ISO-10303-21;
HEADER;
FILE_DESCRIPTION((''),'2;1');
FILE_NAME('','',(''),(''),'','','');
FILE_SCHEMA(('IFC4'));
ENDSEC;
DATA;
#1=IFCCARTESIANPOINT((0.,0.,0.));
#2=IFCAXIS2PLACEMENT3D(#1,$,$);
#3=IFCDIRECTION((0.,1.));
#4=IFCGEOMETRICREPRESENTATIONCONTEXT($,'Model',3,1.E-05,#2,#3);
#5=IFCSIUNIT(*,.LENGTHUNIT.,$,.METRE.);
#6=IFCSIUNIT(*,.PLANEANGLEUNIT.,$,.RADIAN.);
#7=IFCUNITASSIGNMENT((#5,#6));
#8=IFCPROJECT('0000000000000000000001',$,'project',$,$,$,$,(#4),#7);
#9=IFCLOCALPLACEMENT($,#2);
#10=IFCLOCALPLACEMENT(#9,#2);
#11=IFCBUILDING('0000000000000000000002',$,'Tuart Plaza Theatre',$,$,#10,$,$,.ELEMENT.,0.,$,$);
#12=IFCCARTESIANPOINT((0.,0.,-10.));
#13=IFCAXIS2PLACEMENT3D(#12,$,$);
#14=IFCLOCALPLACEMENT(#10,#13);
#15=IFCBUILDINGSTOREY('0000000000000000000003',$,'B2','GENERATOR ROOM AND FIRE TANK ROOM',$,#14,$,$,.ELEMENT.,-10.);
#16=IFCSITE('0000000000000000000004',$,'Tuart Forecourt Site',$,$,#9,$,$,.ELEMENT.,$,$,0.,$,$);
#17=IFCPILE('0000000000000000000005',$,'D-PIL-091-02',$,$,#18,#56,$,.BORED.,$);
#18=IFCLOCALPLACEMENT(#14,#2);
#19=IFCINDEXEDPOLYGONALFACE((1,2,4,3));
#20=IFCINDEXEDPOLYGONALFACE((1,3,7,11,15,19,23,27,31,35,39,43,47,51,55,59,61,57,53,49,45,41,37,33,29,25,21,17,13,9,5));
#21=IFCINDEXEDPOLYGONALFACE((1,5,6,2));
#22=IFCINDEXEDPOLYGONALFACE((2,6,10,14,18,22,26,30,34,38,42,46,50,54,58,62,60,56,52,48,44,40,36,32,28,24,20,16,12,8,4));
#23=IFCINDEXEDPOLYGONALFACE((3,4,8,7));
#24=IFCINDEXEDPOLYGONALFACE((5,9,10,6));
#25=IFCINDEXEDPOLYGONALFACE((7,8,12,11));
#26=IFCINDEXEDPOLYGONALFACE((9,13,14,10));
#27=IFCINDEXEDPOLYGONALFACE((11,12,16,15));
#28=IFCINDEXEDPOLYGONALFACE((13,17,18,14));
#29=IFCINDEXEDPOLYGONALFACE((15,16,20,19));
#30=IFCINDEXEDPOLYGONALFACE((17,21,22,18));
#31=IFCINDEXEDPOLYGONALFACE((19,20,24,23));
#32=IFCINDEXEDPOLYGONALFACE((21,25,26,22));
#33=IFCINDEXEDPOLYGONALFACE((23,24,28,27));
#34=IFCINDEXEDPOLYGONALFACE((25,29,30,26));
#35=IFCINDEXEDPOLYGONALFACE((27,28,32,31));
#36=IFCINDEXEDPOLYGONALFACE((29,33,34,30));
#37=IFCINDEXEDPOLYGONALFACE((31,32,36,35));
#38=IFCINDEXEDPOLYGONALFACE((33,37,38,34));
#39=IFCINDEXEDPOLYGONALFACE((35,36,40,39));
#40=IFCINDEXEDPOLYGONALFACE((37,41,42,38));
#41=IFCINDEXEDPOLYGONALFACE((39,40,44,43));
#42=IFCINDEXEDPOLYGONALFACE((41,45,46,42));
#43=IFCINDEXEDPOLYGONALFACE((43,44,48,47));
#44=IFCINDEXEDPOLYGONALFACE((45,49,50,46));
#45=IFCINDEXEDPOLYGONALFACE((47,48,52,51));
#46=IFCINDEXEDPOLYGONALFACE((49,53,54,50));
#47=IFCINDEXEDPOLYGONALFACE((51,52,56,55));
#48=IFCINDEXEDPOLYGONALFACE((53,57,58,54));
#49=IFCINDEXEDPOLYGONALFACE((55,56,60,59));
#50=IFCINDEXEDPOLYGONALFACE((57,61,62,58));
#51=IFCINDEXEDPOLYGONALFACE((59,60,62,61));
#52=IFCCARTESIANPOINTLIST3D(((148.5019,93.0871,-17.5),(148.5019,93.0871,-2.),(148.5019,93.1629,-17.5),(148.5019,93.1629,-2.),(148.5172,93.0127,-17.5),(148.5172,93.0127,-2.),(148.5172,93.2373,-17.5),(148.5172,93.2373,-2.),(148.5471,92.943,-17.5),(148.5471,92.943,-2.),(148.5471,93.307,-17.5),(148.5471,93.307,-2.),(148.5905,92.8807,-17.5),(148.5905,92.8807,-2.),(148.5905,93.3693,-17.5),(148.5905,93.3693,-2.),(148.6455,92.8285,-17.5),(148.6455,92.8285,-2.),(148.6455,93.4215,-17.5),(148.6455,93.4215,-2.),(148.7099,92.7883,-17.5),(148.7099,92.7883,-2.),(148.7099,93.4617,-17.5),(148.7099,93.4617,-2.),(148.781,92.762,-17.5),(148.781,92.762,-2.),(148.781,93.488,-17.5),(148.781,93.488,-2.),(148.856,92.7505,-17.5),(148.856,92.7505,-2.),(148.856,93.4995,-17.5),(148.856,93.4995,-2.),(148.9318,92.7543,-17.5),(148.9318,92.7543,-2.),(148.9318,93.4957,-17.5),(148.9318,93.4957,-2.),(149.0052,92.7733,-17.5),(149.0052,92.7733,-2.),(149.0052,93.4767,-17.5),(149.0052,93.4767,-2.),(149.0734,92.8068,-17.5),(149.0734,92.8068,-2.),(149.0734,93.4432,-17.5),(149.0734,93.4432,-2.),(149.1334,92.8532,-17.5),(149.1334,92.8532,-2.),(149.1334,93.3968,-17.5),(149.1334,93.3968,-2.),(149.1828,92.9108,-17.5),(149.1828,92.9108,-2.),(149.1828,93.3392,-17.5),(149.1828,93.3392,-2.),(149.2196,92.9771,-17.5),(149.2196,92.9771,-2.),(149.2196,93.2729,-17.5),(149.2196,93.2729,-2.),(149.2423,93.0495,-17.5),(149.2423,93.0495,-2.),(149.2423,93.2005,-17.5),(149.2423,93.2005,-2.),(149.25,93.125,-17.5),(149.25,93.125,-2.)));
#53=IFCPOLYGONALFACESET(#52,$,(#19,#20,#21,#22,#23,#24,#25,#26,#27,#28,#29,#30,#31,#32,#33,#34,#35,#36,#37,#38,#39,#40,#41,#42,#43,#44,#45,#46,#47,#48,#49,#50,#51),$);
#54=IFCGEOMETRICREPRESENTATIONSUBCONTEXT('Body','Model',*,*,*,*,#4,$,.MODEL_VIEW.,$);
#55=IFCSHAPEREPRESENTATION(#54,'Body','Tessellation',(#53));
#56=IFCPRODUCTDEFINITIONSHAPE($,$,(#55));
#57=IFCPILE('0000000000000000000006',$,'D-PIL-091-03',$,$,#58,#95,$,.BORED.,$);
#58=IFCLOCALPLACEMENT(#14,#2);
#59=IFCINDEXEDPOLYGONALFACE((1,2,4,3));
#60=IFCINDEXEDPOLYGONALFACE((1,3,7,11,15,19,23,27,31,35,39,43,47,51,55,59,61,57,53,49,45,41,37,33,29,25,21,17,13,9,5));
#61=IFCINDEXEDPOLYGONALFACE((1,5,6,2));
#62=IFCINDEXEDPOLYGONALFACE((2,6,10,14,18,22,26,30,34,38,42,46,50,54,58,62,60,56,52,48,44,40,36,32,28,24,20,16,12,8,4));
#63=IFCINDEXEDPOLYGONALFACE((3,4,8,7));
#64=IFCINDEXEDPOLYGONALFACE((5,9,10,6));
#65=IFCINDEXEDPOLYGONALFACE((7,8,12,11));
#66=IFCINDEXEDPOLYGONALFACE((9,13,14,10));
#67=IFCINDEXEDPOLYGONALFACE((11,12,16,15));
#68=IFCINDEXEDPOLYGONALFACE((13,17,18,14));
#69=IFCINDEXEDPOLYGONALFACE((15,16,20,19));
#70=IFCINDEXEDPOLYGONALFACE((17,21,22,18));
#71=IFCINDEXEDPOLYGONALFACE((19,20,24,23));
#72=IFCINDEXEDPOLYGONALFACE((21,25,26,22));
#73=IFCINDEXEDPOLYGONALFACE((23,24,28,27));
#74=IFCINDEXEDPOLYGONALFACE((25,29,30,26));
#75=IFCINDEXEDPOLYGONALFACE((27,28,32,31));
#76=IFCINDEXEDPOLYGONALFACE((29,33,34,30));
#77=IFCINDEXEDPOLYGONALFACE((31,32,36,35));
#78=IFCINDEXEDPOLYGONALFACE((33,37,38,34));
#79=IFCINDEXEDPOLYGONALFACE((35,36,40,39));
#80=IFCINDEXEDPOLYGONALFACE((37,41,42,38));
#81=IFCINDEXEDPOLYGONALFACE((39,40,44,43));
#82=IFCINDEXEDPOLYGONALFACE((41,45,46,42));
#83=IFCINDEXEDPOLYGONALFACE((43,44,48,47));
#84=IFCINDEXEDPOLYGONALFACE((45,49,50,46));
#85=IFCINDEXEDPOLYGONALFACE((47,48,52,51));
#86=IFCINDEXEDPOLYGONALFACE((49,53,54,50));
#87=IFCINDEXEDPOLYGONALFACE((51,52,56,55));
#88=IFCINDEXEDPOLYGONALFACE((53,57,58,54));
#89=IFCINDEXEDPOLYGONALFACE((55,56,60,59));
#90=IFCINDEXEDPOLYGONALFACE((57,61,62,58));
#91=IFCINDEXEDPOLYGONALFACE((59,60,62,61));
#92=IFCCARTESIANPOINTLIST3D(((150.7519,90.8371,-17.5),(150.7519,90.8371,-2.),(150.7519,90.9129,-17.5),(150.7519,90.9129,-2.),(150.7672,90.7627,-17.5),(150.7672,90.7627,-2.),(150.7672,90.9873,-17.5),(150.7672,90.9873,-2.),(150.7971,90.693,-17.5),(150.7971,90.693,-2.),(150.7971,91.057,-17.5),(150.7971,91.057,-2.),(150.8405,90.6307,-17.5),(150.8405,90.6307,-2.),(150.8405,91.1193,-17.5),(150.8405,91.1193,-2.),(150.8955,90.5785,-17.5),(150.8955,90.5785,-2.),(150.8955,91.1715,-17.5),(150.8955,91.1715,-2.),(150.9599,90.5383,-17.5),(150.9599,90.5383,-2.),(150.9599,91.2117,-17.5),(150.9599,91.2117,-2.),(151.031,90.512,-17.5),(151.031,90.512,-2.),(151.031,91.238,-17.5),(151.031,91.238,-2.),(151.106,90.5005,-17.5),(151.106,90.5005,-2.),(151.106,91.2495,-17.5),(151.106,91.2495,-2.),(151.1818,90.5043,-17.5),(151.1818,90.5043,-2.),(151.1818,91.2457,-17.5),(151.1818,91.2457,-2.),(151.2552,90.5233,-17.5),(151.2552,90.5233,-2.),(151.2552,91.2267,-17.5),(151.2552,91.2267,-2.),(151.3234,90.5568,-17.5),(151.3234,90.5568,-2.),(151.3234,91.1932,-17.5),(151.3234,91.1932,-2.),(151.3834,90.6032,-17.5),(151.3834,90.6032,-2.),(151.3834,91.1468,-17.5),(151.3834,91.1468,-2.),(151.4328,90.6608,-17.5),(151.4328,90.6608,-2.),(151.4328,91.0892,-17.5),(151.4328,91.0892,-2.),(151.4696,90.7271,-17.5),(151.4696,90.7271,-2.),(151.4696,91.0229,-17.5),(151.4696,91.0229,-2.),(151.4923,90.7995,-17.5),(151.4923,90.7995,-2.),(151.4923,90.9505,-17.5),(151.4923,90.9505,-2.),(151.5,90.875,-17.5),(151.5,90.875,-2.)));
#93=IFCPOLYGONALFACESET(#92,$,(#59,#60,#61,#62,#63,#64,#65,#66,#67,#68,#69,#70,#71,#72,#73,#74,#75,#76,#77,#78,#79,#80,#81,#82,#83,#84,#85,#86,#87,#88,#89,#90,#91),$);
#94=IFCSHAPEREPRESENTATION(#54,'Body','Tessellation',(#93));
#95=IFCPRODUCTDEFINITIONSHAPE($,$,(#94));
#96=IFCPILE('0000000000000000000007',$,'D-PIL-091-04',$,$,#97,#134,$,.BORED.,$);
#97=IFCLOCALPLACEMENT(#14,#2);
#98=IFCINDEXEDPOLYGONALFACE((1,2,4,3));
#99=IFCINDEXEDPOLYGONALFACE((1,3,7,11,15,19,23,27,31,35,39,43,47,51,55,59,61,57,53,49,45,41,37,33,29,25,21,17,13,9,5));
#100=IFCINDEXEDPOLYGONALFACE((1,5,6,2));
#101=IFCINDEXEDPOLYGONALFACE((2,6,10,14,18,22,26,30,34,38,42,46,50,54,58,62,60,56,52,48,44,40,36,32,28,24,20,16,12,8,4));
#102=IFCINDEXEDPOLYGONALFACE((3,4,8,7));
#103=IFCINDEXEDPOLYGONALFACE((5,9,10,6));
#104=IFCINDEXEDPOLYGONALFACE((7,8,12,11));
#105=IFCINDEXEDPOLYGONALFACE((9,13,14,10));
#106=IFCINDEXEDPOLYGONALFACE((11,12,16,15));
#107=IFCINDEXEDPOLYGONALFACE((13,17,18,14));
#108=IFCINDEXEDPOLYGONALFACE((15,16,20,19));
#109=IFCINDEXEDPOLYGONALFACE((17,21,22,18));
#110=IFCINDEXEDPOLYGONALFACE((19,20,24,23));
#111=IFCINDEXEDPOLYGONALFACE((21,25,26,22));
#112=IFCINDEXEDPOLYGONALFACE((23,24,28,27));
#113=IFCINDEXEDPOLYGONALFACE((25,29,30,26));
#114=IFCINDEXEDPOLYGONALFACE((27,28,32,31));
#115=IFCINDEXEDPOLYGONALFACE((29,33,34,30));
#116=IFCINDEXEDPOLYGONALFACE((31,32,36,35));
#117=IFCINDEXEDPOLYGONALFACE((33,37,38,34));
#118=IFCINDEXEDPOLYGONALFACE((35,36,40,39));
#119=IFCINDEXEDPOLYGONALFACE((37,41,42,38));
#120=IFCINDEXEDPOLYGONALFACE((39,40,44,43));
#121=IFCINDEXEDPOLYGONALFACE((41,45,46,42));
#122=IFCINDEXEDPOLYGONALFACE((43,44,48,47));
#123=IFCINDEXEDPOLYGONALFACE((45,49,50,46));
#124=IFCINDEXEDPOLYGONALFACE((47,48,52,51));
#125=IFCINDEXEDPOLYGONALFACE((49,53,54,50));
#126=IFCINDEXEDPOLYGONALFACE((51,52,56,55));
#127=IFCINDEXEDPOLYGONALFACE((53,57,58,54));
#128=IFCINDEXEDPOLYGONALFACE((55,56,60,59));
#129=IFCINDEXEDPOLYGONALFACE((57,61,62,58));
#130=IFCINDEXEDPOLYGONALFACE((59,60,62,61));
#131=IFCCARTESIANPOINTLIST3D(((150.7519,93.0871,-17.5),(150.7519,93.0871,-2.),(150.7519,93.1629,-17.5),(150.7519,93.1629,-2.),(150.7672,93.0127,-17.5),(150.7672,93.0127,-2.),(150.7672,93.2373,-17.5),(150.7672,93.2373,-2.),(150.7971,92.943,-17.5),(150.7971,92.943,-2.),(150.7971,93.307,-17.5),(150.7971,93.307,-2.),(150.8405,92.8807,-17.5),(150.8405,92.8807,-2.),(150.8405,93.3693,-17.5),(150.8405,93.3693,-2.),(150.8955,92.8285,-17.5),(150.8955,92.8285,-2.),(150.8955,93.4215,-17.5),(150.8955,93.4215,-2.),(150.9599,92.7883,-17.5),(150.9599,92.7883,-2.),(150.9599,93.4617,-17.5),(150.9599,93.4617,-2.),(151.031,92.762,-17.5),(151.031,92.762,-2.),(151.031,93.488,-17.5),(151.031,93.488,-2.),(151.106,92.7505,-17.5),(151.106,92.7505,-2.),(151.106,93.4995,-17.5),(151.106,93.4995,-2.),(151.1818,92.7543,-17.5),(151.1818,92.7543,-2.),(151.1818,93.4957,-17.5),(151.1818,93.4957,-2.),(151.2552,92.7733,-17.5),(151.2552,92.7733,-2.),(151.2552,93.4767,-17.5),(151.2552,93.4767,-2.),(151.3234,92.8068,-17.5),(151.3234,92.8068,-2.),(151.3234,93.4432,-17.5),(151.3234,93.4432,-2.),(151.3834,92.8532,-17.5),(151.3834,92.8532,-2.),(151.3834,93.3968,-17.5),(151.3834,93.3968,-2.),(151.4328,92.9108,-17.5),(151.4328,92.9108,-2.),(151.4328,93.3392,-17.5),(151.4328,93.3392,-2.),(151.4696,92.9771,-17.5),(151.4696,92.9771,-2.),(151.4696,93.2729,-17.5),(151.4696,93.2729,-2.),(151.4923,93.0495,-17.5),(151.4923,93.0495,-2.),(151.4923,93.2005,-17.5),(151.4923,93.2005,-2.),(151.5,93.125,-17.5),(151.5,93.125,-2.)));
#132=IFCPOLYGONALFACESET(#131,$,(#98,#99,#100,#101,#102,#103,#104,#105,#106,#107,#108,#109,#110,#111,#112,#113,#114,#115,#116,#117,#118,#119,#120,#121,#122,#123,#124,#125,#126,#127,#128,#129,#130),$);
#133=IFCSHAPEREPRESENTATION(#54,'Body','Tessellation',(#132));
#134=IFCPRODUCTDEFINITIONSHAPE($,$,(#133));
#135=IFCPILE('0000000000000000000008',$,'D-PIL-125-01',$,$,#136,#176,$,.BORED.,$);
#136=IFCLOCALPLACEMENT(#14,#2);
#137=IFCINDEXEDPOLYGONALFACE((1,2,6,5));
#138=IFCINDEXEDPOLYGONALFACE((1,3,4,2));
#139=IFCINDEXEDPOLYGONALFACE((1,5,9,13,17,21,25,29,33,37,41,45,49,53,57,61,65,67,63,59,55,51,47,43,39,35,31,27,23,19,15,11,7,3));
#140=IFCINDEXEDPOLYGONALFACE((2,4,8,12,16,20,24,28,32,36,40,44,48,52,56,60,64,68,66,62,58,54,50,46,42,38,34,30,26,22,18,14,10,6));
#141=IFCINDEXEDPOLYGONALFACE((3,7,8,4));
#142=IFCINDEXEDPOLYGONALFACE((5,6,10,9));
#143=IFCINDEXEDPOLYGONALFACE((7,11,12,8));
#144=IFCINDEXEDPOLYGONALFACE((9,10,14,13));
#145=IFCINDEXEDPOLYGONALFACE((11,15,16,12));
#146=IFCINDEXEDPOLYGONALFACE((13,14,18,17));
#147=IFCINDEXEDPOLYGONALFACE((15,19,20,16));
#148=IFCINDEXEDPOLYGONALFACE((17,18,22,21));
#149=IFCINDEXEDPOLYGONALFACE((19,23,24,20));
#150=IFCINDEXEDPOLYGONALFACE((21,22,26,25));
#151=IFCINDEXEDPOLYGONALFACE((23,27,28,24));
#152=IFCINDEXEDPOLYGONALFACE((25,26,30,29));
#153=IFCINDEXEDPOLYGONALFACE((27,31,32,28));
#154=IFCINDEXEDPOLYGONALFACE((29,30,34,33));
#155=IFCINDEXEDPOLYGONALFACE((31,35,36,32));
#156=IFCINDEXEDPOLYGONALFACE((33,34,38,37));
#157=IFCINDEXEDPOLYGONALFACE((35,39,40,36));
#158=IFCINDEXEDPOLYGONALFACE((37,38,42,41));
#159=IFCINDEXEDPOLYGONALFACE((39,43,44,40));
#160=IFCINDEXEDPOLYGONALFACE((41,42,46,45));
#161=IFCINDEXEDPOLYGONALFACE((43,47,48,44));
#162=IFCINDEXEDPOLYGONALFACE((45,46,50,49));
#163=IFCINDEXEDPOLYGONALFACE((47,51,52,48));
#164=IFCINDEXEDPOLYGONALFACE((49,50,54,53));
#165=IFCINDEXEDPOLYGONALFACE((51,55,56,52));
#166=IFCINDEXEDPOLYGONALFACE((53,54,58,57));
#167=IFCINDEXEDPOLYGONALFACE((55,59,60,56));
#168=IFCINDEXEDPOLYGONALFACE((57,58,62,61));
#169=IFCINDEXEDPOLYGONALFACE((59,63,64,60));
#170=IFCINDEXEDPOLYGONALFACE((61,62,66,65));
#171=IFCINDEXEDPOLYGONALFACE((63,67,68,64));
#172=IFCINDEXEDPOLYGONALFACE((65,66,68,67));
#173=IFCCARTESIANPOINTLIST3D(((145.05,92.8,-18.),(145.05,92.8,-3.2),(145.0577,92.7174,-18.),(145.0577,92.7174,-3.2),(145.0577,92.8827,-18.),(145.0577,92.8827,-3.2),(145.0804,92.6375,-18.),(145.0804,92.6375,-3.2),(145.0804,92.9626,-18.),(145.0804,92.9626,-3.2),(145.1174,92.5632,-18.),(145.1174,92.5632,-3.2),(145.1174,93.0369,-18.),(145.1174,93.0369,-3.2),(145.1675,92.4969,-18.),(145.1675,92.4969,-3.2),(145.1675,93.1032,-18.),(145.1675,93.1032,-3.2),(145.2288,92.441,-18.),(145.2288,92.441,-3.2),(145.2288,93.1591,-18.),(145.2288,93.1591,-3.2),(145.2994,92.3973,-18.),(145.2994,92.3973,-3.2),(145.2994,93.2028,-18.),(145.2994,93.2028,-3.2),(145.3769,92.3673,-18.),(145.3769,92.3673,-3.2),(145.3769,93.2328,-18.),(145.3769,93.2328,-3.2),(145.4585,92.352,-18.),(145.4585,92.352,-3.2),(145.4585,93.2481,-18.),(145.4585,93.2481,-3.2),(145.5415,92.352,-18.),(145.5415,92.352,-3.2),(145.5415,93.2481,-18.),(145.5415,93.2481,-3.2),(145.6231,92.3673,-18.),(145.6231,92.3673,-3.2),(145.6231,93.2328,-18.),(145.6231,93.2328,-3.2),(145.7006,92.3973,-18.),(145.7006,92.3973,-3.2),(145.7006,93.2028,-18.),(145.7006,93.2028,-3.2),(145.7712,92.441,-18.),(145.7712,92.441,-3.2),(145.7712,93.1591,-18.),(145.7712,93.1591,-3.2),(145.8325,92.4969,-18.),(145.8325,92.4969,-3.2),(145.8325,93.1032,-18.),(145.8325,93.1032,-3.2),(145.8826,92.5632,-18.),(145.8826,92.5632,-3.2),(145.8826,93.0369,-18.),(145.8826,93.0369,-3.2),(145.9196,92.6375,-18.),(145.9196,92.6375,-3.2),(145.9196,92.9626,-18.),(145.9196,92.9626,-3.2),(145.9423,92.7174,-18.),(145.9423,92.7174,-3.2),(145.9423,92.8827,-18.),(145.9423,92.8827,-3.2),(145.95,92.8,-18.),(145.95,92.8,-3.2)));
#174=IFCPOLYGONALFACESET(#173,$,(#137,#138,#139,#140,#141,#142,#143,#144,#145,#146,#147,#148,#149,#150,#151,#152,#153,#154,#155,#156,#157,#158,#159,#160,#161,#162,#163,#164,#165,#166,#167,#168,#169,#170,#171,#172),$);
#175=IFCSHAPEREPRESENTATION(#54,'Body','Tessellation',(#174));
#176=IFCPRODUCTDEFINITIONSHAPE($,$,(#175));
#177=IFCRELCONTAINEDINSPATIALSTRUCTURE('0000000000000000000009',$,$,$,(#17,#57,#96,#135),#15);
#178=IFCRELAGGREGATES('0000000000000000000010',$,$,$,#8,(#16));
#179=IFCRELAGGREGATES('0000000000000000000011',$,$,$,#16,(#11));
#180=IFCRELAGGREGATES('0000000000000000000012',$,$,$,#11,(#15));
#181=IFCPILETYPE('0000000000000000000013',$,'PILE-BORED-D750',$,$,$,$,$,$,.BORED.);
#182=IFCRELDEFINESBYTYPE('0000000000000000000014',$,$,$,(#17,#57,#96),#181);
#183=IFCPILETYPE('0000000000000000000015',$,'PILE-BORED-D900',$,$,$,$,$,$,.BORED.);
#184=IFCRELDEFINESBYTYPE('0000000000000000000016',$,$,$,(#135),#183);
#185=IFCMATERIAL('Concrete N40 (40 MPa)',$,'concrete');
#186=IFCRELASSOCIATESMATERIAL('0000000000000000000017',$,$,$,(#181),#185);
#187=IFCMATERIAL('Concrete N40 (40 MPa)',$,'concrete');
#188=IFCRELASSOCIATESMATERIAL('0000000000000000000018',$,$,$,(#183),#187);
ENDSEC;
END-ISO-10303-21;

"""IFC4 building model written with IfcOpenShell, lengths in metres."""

from ifc_helpers import new_model, si_unit, direction, frame, origin, origin_2d, place, context, subcontext, project, spatial, circle, extrude, material, material_profile, profile_set, type_object, element, save


model = new_model("IFC4")

# Units and contexts
model_context = context("Model", 3, precision=1e-05, world=origin(), true_north=direction((0.0, 1.0)))
body_context = subcontext(model_context, "Body", "Model", "MODEL_VIEW")
ifc_project = project(units=[si_unit("LENGTHUNIT", "METRE"), si_unit("PLANEANGLEUNIT", "RADIAN")], contexts=[model_context])

# Site, building, storey
site_placement = place(None, origin())
site = spatial("IfcSite", under=ifc_project, at=site_placement, Name="Tuart Forecourt Site", CompositionType="ELEMENT", RefElevation=0.0)
building_placement = place(site_placement, origin())
building = spatial("IfcBuilding", under=site, at=building_placement, Name="Tuart Plaza Theatre", CompositionType="ELEMENT", ElevationOfRefHeight=0.0)
storey_placement = place(building_placement, frame((0.0, 0.0, -10.0)))
storey = spatial("IfcBuildingStorey", under=building, at=storey_placement, Name="B2", Description="GENERATOR ROOM AND FIRE TANK ROOM", CompositionType="ELEMENT", Elevation=-10.0)

# Piles
ifc_material_1 = material(Name="Concrete N40 (40 MPa)", Category="concrete")
ifc_material_profile_1 = material_profile(ifc_material_1, circle(Radius=0.375, at=origin_2d()), Name="PILE-BORED-D750")
ifc_profile_set_1 = profile_set([ifc_material_profile_1], Name="Concrete N40 (40 MPa)")
pile_type_1 = type_object("IfcPileType", Name="PILE-BORED-D750", PredefinedType="BORED", material=ifc_profile_set_1)
for number, where, z_axis, x_axis, name in (
    (1, (148.875, 93.125, -2.0), (0.0, 0.0, -1.0), (1.0, 0.0, 0.0), "D-PIL-091-02"),
    (2, (151.125, 90.875, -2.0), (0.0, 0.0, -1.0), (1.0, 0.0, 0.0), "D-PIL-091-03"),
    (3, (151.125, 93.125, -2.0), (0.0, 0.0, -1.0), (1.0, 0.0, 0.0), "D-PIL-091-04"),
):
    element("IfcPile", number, at=place(storey_placement, frame(where, z_axis=z_axis, x_axis=x_axis)), inside=storey, type_object=pile_type_1, Name=name, PredefinedType="BORED", context=body_context, shape_type="SweptSolid", body=[
        extrude(circle(Radius=0.375, at=origin_2d()), origin(), (0.0, 0.0, 1.0), 15.5),
    ])
ifc_material_2 = material(Name="Concrete N40 (40 MPa)", Category="concrete")
ifc_material_profile_2 = material_profile(ifc_material_2, circle(Radius=0.45, at=origin_2d()), Name="PILE-BORED-D900")
ifc_profile_set_2 = profile_set([ifc_material_profile_2], Name="Concrete N40 (40 MPa)")
pile_type_2 = type_object("IfcPileType", Name="PILE-BORED-D900", PredefinedType="BORED", material=ifc_profile_set_2)
for number, where, z_axis, x_axis, name in (
    (4, (145.5, 92.8, -3.2), (0.0, 0.0, -1.0), (1.0, 0.0, 0.0), "D-PIL-125-01"),
):
    element("IfcPile", number, at=place(storey_placement, frame(where, z_axis=z_axis, x_axis=x_axis)), inside=storey, type_object=pile_type_2, Name=name, PredefinedType="BORED", context=body_context, shape_type="SweptSolid", body=[
        extrude(circle(Radius=0.45, at=origin_2d()), origin(), (0.0, 0.0, 1.0), 14.8),
    ])

save(model, "model.ifc")
